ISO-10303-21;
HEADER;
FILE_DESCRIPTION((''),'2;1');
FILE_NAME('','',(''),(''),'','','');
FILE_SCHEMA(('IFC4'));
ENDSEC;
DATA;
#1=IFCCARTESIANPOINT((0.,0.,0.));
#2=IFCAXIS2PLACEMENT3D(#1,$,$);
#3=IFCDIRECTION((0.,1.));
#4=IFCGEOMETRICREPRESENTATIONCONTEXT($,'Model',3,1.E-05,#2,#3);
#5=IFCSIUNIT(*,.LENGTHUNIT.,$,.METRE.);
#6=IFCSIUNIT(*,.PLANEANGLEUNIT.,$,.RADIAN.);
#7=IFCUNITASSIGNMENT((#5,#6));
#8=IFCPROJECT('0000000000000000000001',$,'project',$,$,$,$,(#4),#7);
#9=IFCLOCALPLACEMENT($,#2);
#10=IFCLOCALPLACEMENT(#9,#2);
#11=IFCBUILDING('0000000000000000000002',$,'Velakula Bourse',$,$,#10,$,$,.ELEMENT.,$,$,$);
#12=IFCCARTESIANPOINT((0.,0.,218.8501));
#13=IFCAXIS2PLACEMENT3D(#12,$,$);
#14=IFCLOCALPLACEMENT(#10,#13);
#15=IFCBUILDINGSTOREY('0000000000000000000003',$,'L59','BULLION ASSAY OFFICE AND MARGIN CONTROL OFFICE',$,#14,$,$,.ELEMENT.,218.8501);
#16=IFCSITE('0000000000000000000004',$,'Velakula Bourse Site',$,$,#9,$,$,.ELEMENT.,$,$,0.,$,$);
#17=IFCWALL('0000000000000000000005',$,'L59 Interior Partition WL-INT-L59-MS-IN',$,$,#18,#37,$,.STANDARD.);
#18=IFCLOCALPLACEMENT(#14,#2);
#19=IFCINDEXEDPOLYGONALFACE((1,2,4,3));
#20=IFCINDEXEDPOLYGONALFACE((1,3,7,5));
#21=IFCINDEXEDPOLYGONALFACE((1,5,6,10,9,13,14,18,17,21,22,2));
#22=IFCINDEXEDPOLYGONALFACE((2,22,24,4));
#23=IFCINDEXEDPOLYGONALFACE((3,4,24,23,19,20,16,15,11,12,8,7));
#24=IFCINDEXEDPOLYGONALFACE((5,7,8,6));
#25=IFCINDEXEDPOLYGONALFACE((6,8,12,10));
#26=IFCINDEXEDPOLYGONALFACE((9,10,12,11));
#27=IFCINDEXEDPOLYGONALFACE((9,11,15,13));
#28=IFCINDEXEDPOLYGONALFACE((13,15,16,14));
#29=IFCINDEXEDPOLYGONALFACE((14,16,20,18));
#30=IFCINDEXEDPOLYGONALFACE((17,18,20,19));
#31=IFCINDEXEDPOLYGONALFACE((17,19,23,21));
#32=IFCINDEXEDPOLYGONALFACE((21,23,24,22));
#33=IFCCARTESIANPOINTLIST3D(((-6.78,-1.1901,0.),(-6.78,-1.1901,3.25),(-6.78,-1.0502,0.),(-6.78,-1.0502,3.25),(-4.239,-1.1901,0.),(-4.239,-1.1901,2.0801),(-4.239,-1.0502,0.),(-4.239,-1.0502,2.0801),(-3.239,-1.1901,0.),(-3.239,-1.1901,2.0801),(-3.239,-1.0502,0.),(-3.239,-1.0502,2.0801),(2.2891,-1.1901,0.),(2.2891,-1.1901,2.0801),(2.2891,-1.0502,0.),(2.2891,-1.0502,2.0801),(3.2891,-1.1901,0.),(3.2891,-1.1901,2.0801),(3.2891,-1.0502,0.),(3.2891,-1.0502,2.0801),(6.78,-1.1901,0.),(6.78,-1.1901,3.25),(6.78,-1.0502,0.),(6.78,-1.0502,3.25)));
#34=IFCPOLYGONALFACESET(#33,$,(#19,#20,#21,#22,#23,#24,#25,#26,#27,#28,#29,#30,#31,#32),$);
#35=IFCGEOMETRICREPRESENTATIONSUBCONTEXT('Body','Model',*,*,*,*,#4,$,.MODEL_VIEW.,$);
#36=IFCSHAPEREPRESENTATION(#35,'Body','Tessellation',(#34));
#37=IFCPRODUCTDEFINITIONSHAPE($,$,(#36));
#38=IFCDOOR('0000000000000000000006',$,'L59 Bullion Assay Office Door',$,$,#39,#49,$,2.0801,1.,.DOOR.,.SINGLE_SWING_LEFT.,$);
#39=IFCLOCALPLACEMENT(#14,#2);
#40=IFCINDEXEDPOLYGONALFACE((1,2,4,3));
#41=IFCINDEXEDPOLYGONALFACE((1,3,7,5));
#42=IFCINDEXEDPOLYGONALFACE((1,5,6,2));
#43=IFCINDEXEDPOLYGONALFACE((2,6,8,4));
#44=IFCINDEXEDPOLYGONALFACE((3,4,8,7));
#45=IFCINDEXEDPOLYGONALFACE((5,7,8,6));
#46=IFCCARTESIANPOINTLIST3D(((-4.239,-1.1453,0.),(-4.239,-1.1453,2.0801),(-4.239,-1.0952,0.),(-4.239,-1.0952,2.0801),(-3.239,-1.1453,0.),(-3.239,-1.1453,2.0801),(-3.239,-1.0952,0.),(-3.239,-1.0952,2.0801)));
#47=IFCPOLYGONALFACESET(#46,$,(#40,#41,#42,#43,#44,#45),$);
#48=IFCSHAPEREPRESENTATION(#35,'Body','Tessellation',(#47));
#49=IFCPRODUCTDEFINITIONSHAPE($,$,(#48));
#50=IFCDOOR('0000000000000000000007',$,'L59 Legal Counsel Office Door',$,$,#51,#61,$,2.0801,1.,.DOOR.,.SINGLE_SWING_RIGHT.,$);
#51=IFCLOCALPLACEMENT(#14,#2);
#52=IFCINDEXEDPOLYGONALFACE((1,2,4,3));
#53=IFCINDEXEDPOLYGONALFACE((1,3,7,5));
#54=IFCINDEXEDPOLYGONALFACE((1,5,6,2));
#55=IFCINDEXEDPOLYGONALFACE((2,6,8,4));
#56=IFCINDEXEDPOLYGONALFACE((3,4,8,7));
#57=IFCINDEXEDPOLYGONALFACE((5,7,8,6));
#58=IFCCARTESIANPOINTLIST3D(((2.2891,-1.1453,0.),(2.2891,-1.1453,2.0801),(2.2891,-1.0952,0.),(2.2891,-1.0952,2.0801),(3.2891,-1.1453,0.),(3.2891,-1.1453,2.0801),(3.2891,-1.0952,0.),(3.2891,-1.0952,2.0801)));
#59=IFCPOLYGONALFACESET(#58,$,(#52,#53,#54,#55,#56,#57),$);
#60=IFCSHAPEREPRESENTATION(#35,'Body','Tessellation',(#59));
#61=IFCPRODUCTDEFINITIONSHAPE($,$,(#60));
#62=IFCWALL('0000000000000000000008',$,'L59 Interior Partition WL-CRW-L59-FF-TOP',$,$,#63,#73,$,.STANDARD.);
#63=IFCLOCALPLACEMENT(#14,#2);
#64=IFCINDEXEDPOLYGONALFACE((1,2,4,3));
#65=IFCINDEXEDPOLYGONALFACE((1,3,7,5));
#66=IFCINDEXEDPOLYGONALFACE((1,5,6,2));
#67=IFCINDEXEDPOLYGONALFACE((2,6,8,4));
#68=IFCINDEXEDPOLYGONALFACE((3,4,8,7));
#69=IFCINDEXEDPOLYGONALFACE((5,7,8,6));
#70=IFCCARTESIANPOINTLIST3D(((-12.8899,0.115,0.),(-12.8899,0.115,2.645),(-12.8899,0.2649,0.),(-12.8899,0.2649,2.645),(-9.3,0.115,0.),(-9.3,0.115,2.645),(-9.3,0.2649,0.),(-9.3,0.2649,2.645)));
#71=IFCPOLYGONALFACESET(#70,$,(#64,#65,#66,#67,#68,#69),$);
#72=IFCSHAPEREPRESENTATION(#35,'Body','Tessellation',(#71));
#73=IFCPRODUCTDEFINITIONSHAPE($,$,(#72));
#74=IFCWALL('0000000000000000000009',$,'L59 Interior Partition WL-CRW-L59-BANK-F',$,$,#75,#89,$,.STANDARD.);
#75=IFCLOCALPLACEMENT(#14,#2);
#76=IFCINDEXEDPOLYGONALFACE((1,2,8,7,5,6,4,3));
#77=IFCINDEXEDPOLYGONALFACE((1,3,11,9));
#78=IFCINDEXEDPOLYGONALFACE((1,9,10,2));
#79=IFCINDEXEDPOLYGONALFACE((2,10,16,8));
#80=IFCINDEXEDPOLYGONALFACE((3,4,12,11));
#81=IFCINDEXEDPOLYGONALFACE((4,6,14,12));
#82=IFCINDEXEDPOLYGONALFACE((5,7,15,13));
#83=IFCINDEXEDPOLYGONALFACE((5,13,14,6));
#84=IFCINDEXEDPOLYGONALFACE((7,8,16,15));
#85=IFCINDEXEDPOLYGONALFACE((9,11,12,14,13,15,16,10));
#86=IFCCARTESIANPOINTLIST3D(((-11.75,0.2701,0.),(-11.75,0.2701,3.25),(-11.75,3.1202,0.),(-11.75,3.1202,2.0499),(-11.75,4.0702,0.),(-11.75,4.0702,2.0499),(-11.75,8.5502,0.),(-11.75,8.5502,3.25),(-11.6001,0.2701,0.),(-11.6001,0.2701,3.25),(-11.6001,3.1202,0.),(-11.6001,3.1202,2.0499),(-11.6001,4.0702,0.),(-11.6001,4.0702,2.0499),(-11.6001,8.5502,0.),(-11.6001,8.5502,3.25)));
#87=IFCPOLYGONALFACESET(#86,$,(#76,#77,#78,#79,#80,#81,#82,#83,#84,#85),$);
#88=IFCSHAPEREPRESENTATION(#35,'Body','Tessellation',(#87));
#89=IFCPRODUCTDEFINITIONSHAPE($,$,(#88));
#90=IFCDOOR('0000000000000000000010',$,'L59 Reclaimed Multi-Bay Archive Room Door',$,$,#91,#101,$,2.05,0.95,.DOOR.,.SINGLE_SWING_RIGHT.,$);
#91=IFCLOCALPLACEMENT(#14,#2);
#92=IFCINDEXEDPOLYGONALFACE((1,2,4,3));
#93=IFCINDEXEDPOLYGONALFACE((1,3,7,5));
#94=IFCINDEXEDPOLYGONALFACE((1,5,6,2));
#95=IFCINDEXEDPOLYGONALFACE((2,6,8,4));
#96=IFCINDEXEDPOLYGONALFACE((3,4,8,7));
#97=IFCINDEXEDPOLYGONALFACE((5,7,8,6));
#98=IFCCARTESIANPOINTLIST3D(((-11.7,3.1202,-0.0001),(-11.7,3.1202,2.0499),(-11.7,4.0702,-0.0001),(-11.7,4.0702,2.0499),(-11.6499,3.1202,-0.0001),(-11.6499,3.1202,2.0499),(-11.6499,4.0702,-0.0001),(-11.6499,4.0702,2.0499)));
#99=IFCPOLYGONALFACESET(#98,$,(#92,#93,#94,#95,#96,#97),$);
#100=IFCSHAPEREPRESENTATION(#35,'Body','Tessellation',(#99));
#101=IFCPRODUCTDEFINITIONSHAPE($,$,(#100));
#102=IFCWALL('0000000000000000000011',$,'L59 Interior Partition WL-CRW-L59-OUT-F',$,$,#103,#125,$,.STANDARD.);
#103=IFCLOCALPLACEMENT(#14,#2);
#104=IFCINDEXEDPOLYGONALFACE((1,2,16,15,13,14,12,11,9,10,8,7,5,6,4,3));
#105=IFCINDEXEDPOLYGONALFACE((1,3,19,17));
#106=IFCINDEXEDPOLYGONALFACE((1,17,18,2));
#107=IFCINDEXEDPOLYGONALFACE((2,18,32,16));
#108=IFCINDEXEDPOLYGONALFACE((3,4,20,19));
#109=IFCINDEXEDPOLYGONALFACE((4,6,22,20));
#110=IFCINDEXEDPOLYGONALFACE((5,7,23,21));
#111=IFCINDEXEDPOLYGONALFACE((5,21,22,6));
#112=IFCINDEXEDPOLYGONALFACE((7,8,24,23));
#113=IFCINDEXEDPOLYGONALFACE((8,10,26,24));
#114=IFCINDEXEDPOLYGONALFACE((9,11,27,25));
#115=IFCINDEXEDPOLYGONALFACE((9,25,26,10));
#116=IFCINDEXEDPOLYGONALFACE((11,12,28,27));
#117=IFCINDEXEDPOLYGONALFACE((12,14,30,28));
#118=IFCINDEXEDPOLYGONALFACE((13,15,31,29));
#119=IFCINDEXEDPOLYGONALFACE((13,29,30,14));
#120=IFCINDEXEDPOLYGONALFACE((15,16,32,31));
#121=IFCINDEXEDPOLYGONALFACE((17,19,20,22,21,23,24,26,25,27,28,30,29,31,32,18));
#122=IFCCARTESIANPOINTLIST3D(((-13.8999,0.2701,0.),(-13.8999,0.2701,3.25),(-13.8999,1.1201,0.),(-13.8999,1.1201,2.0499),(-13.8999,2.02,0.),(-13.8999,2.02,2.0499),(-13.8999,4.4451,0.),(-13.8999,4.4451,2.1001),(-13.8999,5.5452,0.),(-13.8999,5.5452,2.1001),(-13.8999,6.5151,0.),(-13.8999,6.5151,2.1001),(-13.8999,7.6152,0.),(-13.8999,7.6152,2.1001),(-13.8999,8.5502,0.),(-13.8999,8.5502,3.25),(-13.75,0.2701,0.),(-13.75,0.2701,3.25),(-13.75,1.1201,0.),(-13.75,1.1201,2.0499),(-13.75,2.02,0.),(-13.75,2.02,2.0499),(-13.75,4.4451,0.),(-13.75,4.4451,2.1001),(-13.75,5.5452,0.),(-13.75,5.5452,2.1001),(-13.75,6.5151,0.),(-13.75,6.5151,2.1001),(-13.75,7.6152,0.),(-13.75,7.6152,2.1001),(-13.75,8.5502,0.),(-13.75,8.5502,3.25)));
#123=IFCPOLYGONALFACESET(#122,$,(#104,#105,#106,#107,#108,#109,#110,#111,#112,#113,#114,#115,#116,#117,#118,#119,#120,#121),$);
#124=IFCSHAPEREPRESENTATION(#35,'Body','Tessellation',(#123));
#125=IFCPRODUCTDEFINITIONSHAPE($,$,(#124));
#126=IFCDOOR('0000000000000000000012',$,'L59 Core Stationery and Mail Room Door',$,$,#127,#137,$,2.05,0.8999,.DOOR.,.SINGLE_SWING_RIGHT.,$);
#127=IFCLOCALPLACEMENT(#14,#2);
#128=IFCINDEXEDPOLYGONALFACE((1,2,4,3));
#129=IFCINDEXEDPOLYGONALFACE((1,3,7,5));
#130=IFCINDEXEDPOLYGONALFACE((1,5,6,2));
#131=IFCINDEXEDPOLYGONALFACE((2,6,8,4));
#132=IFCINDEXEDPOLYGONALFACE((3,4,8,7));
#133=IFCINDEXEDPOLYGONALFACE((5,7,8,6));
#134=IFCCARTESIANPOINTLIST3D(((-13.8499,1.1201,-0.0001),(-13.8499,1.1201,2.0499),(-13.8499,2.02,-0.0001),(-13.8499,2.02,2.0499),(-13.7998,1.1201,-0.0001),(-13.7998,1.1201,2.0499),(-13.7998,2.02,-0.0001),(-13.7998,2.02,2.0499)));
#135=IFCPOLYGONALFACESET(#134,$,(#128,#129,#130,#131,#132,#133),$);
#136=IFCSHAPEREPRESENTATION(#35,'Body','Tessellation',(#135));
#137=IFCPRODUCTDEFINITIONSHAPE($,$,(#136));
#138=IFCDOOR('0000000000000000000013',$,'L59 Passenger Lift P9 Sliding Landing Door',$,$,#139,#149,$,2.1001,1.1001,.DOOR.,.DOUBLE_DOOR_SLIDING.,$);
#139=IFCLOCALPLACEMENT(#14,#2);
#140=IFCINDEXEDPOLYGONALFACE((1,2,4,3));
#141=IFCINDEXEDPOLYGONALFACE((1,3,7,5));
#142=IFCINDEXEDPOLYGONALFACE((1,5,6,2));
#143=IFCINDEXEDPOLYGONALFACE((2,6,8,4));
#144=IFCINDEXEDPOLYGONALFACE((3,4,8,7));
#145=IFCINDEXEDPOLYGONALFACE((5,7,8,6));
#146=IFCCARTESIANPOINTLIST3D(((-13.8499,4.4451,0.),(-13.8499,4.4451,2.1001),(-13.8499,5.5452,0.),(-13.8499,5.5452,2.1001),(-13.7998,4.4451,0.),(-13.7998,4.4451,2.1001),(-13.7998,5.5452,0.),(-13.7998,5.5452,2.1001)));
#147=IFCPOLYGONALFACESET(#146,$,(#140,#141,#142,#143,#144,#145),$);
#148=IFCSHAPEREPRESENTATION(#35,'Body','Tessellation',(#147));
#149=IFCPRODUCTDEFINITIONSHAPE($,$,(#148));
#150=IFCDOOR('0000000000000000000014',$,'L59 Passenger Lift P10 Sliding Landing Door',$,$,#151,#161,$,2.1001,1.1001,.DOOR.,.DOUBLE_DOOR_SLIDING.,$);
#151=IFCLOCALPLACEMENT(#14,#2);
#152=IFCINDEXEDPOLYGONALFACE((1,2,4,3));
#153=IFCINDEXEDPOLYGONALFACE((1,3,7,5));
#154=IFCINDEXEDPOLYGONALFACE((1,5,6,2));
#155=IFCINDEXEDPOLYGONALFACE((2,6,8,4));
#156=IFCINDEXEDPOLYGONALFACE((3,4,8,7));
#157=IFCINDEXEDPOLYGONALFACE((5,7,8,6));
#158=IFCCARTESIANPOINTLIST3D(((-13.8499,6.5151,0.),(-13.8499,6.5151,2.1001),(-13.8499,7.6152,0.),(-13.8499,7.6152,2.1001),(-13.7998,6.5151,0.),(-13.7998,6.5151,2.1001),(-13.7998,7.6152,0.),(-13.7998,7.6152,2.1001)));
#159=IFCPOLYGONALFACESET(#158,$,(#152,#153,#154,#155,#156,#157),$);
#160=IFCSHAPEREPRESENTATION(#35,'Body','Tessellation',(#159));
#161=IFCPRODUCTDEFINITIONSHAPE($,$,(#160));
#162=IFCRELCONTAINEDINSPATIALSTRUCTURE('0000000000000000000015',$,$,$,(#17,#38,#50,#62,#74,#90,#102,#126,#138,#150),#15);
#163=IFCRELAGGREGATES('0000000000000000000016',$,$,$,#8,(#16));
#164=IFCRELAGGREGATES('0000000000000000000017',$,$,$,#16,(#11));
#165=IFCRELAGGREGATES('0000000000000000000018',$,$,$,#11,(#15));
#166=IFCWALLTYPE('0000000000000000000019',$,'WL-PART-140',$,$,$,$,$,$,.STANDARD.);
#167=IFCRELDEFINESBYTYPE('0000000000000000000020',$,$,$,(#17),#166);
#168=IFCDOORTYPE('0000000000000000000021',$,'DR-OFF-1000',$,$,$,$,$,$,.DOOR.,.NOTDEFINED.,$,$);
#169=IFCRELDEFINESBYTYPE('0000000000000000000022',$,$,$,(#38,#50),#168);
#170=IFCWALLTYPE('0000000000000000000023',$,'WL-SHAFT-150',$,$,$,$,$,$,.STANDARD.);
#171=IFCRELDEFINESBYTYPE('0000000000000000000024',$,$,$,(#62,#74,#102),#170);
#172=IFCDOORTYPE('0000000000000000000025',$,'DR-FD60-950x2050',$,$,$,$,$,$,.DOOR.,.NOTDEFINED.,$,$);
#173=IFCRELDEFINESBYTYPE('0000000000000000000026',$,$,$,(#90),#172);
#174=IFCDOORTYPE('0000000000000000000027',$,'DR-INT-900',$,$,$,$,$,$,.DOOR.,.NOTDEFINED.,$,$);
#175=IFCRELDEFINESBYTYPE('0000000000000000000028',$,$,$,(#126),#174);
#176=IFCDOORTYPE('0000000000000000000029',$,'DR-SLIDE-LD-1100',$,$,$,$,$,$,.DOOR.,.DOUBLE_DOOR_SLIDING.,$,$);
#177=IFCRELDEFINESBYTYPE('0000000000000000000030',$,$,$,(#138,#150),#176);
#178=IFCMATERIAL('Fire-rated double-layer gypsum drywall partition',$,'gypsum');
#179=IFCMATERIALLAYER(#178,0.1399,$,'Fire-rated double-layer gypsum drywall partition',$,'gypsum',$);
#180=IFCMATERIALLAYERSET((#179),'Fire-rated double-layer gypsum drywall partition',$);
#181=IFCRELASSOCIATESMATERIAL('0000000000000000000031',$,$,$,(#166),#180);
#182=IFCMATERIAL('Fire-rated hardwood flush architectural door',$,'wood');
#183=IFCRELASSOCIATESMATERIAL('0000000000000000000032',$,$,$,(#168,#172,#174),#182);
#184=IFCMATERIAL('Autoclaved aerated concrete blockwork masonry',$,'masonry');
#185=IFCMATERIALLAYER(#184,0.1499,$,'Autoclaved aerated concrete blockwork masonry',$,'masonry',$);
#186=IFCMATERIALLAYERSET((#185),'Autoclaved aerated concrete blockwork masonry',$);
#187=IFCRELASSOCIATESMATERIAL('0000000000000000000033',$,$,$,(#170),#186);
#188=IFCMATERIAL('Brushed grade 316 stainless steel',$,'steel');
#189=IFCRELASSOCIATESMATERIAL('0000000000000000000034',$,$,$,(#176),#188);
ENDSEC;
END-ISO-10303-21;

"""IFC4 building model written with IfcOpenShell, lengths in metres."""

from ifc_helpers import new_model, si_unit, direction, frame, frame_2d, origin, place, context, subcontext, project, spatial, rectangle, extrude, material, layer, layer_set, type_object, element, fill, save


model = new_model("IFC4")

# Units and contexts
model_context = context("Model", 3, precision=1e-05, world=origin(), true_north=direction((0.0, 1.0)))
body_context = subcontext(model_context, "Body", "Model", "MODEL_VIEW")
ifc_project = project(units=[si_unit("LENGTHUNIT", "METRE"), si_unit("PLANEANGLEUNIT", "RADIAN")], contexts=[model_context])

# Site, building, storey
site_placement = place(None, origin())
site = spatial("IfcSite", under=ifc_project, at=site_placement, Name="Velakula Bourse Site", CompositionType="ELEMENT", RefElevation=0.0)
building_placement = place(site_placement, origin())
building = spatial("IfcBuilding", under=site, at=building_placement, Name="Velakula Bourse", CompositionType="ELEMENT")
storey_placement = place(building_placement, frame((0.0, 0.0, 218.8501)))
storey = spatial("IfcBuildingStorey", under=building, at=storey_placement, Name="L59", Description="BULLION ASSAY OFFICE AND MARGIN CONTROL OFFICE", CompositionType="ELEMENT", Elevation=218.8501)

# Shared definitions
ifc_material_1 = material(Name="Fire-rated double-layer gypsum drywall partition", Category="gypsum")
ifc_material_2 = material(Name="Fire-rated hardwood flush architectural door", Category="wood")

# Shared definitions
ifc_layer_1 = layer(ifc_material_1, 0.1399, Name="Fire-rated double-layer gypsum drywall partition", Category="gypsum")
ifc_layer_set_1 = layer_set([ifc_layer_1], Name="Fire-rated double-layer gypsum drywall partition")
wall_type_1 = type_object("IfcWallType", Name="WL-PART-140", PredefinedType="STANDARD", material=ifc_layer_set_1)
door_type_1 = type_object("IfcDoorType", Name="DR-OFF-1000", OperationType="NOTDEFINED", PredefinedType="DOOR", material=ifc_material_2)

# Wall, openings, doors
wall_1_placement = place(storey_placement, frame((-6.78, -1.1201, 0.0), z_axis=(0.0, 0.0, 1.0), x_axis=(1.0, 0.0, 0.0)))
wall_1 = element("IfcWall", 1, at=wall_1_placement, inside=storey, type_object=wall_type_1, Name="L59 Interior Partition WL-INT-L59-MS-IN", PredefinedType="STANDARD", context=body_context, shape_type="SweptSolid", body=[
    extrude(rectangle(XDim=13.5601, YDim=0.1399, at=frame_2d((6.78, 0.0))), origin(), (0.0, 0.0, 1.0), 3.25),
])
opening_1_placement = place(wall_1_placement, frame((2.541, 0.0, 0.0)))
opening_1 = element("IfcOpeningElement", 2, at=opening_1_placement, cuts=wall_1, PredefinedType="OPENING", context=body_context, shape_type="SweptSolid", body=[
    extrude(rectangle(XDim=1.0, YDim=2.0801, at=frame_2d((0.5, 1.04))), frame((0.0, 0.0798, 0.0), z_axis=(0.0, -1.0, 0.0), x_axis=(1.0, 0.0, 0.0)), (0.0, 0.0, 1.0), 0.1599),
])
opening_2_placement = place(wall_1_placement, frame((9.0691, 0.0, 0.0)))
opening_2 = element("IfcOpeningElement", 3, at=opening_2_placement, cuts=wall_1, PredefinedType="OPENING", context=body_context, shape_type="SweptSolid", body=[
    extrude(rectangle(XDim=1.0, YDim=2.0801, at=frame_2d((0.5, 1.04))), frame((0.0, 0.0798, 0.0), z_axis=(0.0, -1.0, 0.0), x_axis=(1.0, 0.0, 0.0)), (0.0, 0.0, 1.0), 0.1599),
])
door_1_placement = place(opening_1_placement, origin())
door_1 = element("IfcDoor", 4, at=door_1_placement, inside=storey, type_object=door_type_1, Name="L59 Bullion Assay Office Door", OperationType="SINGLE_SWING_LEFT", OverallHeight=2.0801, OverallWidth=1.0, PredefinedType="DOOR", context=body_context, shape_type="SweptSolid", body=[
    extrude(rectangle(XDim=1.0, YDim=2.0801, at=frame_2d((0.5, 1.04))), frame((0.0, 0.0249, 0.0), z_axis=(0.0, -1.0, 0.0), x_axis=(1.0, 0.0, 0.0)), (0.0, 0.0, 1.0), 0.05),
])
fill(opening_1, door_1)
door_2_placement = place(opening_2_placement, origin())
door_2 = element("IfcDoor", 5, at=door_2_placement, inside=storey, type_object=door_type_1, Name="L59 Legal Counsel Office Door", OperationType="SINGLE_SWING_RIGHT", OverallHeight=2.0801, OverallWidth=1.0, PredefinedType="DOOR", context=body_context, shape_type="SweptSolid", body=[
    extrude(rectangle(XDim=1.0, YDim=2.0801, at=frame_2d((0.5, 1.04))), frame((0.0, 0.0249, 0.0), z_axis=(0.0, -1.0, 0.0), x_axis=(1.0, 0.0, 0.0)), (0.0, 0.0, 1.0), 0.05),
])
fill(opening_2, door_2)

# Wall
ifc_material_3 = material(Name="Autoclaved aerated concrete blockwork masonry", Category="masonry")
ifc_layer_2 = layer(ifc_material_3, 0.1499, Name="Autoclaved aerated concrete blockwork masonry", Category="masonry")
ifc_layer_set_2 = layer_set([ifc_layer_2], Name="Autoclaved aerated concrete blockwork masonry")
wall_type_2 = type_object("IfcWallType", Name="WL-SHAFT-150", PredefinedType="STANDARD", material=ifc_layer_set_2)
wall_2_placement = place(storey_placement, frame((-12.8899, 0.1899, 0.0), z_axis=(0.0, 0.0, 1.0), x_axis=(1.0, 0.0, 0.0)))
element("IfcWall", 6, at=wall_2_placement, inside=storey, type_object=wall_type_2, Name="L59 Interior Partition WL-CRW-L59-FF-TOP", PredefinedType="STANDARD", context=body_context, shape_type="SweptSolid", body=[
    extrude(rectangle(XDim=3.5898, YDim=0.1499, at=frame_2d((1.7949, 0.0))), origin(), (0.0, 0.0, 1.0), 2.645),
])

# Wall, opening, door
wall_3_placement = place(storey_placement, frame((-11.675, 0.27, 0.0), z_axis=(0.0, 0.0, 1.0), x_axis=(0.0, 1.0, 0.0)))
wall_3 = element("IfcWall", 7, at=wall_3_placement, inside=storey, type_object=wall_type_2, Name="L59 Interior Partition WL-CRW-L59-BANK-F", PredefinedType="STANDARD", context=body_context, shape_type="SweptSolid", body=[
    extrude(rectangle(XDim=8.28, YDim=0.1499, at=frame_2d((4.1401, 0.0))), origin(), (0.0, 0.0, 1.0), 3.25),
])
opening_3_placement = place(wall_3_placement, frame((2.8501, 0.0, 0.0)))
opening_3 = element("IfcOpeningElement", 8, at=opening_3_placement, cuts=wall_3, PredefinedType="OPENING", context=body_context, shape_type="SweptSolid", body=[
    extrude(rectangle(XDim=0.95, YDim=2.05, at=frame_2d((0.4751, 1.0249))), frame((0.0, 0.085, 0.0), z_axis=(0.0, -1.0, 0.0), x_axis=(1.0, 0.0, 0.0)), (0.0, 0.0, 1.0), 0.1699),
])
door_type_2 = type_object("IfcDoorType", Name="DR-FD60-950x2050", OperationType="NOTDEFINED", PredefinedType="DOOR", material=ifc_material_2)
door_3_placement = place(opening_3_placement, origin())
door_3 = element("IfcDoor", 9, at=door_3_placement, inside=storey, type_object=door_type_2, Name="L59 Reclaimed Multi-Bay Archive Room Door", OperationType="SINGLE_SWING_RIGHT", OverallHeight=2.05, OverallWidth=0.95, PredefinedType="DOOR", context=body_context, shape_type="SweptSolid", body=[
    extrude(rectangle(XDim=0.95, YDim=2.05, at=frame_2d((0.4751, 1.0249))), frame((0.0, 0.0249, 0.0), z_axis=(0.0, -1.0, 0.0), x_axis=(1.0, 0.0, 0.0)), (0.0, 0.0, 1.0), 0.05),
])
fill(opening_3, door_3)

# Wall, openings, doors
wall_4_placement = place(storey_placement, frame((-13.825, 0.27, 0.0), z_axis=(0.0, 0.0, 1.0), x_axis=(0.0, 1.0, 0.0)))
wall_4 = element("IfcWall", 10, at=wall_4_placement, inside=storey, type_object=wall_type_2, Name="L59 Interior Partition WL-CRW-L59-OUT-F", PredefinedType="STANDARD", context=body_context, shape_type="SweptSolid", body=[
    extrude(rectangle(XDim=8.28, YDim=0.1499, at=frame_2d((4.1401, 0.0))), origin(), (0.0, 0.0, 1.0), 3.25),
])
opening_4_placement = place(wall_4_placement, frame((4.175, 0.0, 0.0)))
opening_4 = element("IfcOpeningElement", 11, at=opening_4_placement, cuts=wall_4, PredefinedType="OPENING", context=body_context, shape_type="SweptSolid", body=[
    extrude(rectangle(XDim=1.1001, YDim=2.1001, at=frame_2d((0.55, 1.05))), frame((0.0, 0.085, 0.0), z_axis=(0.0, -1.0, 0.0), x_axis=(1.0, 0.0, 0.0)), (0.0, 0.0, 1.0), 0.1699),
])
opening_5_placement = place(wall_4_placement, frame((6.2451, 0.0, 0.0)))
opening_5 = element("IfcOpeningElement", 12, at=opening_5_placement, cuts=wall_4, PredefinedType="OPENING", context=body_context, shape_type="SweptSolid", body=[
    extrude(rectangle(XDim=1.1001, YDim=2.1001, at=frame_2d((0.55, 1.05))), frame((0.0, 0.085, 0.0), z_axis=(0.0, -1.0, 0.0), x_axis=(1.0, 0.0, 0.0)), (0.0, 0.0, 1.0), 0.1699),
])
opening_6_placement = place(wall_4_placement, frame((0.8501, 0.0, 0.0)))
opening_6 = element("IfcOpeningElement", 13, at=opening_6_placement, cuts=wall_4, PredefinedType="OPENING", context=body_context, shape_type="SweptSolid", body=[
    extrude(rectangle(XDim=0.8999, YDim=2.05, at=frame_2d((0.45, 1.0249))), frame((0.0, 0.085, 0.0), z_axis=(0.0, -1.0, 0.0), x_axis=(1.0, 0.0, 0.0)), (0.0, 0.0, 1.0), 0.1699),
])
door_type_3 = type_object("IfcDoorType", Name="DR-INT-900", OperationType="NOTDEFINED", PredefinedType="DOOR", material=ifc_material_2)
door_4_placement = place(opening_6_placement, origin())
door_4 = element("IfcDoor", 14, at=door_4_placement, inside=storey, type_object=door_type_3, Name="L59 Core Stationery and Mail Room Door", OperationType="SINGLE_SWING_RIGHT", OverallHeight=2.05, OverallWidth=0.8999, PredefinedType="DOOR", context=body_context, shape_type="SweptSolid", body=[
    extrude(rectangle(XDim=0.8999, YDim=2.05, at=frame_2d((0.45, 1.0249))), frame((0.0, 0.0249, 0.0), z_axis=(0.0, -1.0, 0.0), x_axis=(1.0, 0.0, 0.0)), (0.0, 0.0, 1.0), 0.05),
])
fill(opening_6, door_4)
ifc_material_4 = material(Name="Brushed grade 316 stainless steel", Category="steel")
door_type_4 = type_object("IfcDoorType", Name="DR-SLIDE-LD-1100", OperationType="DOUBLE_DOOR_SLIDING", PredefinedType="DOOR", material=ifc_material_4)
door_5_placement = place(opening_4_placement, origin())
door_5 = element("IfcDoor", 15, at=door_5_placement, inside=storey, type_object=door_type_4, Name="L59 Passenger Lift P9 Sliding Landing Door", OperationType="DOUBLE_DOOR_SLIDING", OverallHeight=2.1001, OverallWidth=1.1001, PredefinedType="DOOR", context=body_context, shape_type="SweptSolid", body=[
    extrude(rectangle(XDim=1.1001, YDim=2.1001, at=frame_2d((0.55, 1.05))), frame((0.0, 0.0249, 0.0), z_axis=(0.0, -1.0, 0.0), x_axis=(1.0, 0.0, 0.0)), (0.0, 0.0, 1.0), 0.05),
])
fill(opening_4, door_5)
door_6_placement = place(opening_5_placement, origin())
door_6 = element("IfcDoor", 16, at=door_6_placement, inside=storey, type_object=door_type_4, Name="L59 Passenger Lift P10 Sliding Landing Door", OperationType="DOUBLE_DOOR_SLIDING", OverallHeight=2.1001, OverallWidth=1.1001, PredefinedType="DOOR", context=body_context, shape_type="SweptSolid", body=[
    extrude(rectangle(XDim=1.1001, YDim=2.1001, at=frame_2d((0.55, 1.05))), frame((0.0, 0.0249, 0.0), z_axis=(0.0, -1.0, 0.0), x_axis=(1.0, 0.0, 0.0)), (0.0, 0.0, 1.0), 0.05),
])
fill(opening_5, door_6)

save(model, "model.ifc")
